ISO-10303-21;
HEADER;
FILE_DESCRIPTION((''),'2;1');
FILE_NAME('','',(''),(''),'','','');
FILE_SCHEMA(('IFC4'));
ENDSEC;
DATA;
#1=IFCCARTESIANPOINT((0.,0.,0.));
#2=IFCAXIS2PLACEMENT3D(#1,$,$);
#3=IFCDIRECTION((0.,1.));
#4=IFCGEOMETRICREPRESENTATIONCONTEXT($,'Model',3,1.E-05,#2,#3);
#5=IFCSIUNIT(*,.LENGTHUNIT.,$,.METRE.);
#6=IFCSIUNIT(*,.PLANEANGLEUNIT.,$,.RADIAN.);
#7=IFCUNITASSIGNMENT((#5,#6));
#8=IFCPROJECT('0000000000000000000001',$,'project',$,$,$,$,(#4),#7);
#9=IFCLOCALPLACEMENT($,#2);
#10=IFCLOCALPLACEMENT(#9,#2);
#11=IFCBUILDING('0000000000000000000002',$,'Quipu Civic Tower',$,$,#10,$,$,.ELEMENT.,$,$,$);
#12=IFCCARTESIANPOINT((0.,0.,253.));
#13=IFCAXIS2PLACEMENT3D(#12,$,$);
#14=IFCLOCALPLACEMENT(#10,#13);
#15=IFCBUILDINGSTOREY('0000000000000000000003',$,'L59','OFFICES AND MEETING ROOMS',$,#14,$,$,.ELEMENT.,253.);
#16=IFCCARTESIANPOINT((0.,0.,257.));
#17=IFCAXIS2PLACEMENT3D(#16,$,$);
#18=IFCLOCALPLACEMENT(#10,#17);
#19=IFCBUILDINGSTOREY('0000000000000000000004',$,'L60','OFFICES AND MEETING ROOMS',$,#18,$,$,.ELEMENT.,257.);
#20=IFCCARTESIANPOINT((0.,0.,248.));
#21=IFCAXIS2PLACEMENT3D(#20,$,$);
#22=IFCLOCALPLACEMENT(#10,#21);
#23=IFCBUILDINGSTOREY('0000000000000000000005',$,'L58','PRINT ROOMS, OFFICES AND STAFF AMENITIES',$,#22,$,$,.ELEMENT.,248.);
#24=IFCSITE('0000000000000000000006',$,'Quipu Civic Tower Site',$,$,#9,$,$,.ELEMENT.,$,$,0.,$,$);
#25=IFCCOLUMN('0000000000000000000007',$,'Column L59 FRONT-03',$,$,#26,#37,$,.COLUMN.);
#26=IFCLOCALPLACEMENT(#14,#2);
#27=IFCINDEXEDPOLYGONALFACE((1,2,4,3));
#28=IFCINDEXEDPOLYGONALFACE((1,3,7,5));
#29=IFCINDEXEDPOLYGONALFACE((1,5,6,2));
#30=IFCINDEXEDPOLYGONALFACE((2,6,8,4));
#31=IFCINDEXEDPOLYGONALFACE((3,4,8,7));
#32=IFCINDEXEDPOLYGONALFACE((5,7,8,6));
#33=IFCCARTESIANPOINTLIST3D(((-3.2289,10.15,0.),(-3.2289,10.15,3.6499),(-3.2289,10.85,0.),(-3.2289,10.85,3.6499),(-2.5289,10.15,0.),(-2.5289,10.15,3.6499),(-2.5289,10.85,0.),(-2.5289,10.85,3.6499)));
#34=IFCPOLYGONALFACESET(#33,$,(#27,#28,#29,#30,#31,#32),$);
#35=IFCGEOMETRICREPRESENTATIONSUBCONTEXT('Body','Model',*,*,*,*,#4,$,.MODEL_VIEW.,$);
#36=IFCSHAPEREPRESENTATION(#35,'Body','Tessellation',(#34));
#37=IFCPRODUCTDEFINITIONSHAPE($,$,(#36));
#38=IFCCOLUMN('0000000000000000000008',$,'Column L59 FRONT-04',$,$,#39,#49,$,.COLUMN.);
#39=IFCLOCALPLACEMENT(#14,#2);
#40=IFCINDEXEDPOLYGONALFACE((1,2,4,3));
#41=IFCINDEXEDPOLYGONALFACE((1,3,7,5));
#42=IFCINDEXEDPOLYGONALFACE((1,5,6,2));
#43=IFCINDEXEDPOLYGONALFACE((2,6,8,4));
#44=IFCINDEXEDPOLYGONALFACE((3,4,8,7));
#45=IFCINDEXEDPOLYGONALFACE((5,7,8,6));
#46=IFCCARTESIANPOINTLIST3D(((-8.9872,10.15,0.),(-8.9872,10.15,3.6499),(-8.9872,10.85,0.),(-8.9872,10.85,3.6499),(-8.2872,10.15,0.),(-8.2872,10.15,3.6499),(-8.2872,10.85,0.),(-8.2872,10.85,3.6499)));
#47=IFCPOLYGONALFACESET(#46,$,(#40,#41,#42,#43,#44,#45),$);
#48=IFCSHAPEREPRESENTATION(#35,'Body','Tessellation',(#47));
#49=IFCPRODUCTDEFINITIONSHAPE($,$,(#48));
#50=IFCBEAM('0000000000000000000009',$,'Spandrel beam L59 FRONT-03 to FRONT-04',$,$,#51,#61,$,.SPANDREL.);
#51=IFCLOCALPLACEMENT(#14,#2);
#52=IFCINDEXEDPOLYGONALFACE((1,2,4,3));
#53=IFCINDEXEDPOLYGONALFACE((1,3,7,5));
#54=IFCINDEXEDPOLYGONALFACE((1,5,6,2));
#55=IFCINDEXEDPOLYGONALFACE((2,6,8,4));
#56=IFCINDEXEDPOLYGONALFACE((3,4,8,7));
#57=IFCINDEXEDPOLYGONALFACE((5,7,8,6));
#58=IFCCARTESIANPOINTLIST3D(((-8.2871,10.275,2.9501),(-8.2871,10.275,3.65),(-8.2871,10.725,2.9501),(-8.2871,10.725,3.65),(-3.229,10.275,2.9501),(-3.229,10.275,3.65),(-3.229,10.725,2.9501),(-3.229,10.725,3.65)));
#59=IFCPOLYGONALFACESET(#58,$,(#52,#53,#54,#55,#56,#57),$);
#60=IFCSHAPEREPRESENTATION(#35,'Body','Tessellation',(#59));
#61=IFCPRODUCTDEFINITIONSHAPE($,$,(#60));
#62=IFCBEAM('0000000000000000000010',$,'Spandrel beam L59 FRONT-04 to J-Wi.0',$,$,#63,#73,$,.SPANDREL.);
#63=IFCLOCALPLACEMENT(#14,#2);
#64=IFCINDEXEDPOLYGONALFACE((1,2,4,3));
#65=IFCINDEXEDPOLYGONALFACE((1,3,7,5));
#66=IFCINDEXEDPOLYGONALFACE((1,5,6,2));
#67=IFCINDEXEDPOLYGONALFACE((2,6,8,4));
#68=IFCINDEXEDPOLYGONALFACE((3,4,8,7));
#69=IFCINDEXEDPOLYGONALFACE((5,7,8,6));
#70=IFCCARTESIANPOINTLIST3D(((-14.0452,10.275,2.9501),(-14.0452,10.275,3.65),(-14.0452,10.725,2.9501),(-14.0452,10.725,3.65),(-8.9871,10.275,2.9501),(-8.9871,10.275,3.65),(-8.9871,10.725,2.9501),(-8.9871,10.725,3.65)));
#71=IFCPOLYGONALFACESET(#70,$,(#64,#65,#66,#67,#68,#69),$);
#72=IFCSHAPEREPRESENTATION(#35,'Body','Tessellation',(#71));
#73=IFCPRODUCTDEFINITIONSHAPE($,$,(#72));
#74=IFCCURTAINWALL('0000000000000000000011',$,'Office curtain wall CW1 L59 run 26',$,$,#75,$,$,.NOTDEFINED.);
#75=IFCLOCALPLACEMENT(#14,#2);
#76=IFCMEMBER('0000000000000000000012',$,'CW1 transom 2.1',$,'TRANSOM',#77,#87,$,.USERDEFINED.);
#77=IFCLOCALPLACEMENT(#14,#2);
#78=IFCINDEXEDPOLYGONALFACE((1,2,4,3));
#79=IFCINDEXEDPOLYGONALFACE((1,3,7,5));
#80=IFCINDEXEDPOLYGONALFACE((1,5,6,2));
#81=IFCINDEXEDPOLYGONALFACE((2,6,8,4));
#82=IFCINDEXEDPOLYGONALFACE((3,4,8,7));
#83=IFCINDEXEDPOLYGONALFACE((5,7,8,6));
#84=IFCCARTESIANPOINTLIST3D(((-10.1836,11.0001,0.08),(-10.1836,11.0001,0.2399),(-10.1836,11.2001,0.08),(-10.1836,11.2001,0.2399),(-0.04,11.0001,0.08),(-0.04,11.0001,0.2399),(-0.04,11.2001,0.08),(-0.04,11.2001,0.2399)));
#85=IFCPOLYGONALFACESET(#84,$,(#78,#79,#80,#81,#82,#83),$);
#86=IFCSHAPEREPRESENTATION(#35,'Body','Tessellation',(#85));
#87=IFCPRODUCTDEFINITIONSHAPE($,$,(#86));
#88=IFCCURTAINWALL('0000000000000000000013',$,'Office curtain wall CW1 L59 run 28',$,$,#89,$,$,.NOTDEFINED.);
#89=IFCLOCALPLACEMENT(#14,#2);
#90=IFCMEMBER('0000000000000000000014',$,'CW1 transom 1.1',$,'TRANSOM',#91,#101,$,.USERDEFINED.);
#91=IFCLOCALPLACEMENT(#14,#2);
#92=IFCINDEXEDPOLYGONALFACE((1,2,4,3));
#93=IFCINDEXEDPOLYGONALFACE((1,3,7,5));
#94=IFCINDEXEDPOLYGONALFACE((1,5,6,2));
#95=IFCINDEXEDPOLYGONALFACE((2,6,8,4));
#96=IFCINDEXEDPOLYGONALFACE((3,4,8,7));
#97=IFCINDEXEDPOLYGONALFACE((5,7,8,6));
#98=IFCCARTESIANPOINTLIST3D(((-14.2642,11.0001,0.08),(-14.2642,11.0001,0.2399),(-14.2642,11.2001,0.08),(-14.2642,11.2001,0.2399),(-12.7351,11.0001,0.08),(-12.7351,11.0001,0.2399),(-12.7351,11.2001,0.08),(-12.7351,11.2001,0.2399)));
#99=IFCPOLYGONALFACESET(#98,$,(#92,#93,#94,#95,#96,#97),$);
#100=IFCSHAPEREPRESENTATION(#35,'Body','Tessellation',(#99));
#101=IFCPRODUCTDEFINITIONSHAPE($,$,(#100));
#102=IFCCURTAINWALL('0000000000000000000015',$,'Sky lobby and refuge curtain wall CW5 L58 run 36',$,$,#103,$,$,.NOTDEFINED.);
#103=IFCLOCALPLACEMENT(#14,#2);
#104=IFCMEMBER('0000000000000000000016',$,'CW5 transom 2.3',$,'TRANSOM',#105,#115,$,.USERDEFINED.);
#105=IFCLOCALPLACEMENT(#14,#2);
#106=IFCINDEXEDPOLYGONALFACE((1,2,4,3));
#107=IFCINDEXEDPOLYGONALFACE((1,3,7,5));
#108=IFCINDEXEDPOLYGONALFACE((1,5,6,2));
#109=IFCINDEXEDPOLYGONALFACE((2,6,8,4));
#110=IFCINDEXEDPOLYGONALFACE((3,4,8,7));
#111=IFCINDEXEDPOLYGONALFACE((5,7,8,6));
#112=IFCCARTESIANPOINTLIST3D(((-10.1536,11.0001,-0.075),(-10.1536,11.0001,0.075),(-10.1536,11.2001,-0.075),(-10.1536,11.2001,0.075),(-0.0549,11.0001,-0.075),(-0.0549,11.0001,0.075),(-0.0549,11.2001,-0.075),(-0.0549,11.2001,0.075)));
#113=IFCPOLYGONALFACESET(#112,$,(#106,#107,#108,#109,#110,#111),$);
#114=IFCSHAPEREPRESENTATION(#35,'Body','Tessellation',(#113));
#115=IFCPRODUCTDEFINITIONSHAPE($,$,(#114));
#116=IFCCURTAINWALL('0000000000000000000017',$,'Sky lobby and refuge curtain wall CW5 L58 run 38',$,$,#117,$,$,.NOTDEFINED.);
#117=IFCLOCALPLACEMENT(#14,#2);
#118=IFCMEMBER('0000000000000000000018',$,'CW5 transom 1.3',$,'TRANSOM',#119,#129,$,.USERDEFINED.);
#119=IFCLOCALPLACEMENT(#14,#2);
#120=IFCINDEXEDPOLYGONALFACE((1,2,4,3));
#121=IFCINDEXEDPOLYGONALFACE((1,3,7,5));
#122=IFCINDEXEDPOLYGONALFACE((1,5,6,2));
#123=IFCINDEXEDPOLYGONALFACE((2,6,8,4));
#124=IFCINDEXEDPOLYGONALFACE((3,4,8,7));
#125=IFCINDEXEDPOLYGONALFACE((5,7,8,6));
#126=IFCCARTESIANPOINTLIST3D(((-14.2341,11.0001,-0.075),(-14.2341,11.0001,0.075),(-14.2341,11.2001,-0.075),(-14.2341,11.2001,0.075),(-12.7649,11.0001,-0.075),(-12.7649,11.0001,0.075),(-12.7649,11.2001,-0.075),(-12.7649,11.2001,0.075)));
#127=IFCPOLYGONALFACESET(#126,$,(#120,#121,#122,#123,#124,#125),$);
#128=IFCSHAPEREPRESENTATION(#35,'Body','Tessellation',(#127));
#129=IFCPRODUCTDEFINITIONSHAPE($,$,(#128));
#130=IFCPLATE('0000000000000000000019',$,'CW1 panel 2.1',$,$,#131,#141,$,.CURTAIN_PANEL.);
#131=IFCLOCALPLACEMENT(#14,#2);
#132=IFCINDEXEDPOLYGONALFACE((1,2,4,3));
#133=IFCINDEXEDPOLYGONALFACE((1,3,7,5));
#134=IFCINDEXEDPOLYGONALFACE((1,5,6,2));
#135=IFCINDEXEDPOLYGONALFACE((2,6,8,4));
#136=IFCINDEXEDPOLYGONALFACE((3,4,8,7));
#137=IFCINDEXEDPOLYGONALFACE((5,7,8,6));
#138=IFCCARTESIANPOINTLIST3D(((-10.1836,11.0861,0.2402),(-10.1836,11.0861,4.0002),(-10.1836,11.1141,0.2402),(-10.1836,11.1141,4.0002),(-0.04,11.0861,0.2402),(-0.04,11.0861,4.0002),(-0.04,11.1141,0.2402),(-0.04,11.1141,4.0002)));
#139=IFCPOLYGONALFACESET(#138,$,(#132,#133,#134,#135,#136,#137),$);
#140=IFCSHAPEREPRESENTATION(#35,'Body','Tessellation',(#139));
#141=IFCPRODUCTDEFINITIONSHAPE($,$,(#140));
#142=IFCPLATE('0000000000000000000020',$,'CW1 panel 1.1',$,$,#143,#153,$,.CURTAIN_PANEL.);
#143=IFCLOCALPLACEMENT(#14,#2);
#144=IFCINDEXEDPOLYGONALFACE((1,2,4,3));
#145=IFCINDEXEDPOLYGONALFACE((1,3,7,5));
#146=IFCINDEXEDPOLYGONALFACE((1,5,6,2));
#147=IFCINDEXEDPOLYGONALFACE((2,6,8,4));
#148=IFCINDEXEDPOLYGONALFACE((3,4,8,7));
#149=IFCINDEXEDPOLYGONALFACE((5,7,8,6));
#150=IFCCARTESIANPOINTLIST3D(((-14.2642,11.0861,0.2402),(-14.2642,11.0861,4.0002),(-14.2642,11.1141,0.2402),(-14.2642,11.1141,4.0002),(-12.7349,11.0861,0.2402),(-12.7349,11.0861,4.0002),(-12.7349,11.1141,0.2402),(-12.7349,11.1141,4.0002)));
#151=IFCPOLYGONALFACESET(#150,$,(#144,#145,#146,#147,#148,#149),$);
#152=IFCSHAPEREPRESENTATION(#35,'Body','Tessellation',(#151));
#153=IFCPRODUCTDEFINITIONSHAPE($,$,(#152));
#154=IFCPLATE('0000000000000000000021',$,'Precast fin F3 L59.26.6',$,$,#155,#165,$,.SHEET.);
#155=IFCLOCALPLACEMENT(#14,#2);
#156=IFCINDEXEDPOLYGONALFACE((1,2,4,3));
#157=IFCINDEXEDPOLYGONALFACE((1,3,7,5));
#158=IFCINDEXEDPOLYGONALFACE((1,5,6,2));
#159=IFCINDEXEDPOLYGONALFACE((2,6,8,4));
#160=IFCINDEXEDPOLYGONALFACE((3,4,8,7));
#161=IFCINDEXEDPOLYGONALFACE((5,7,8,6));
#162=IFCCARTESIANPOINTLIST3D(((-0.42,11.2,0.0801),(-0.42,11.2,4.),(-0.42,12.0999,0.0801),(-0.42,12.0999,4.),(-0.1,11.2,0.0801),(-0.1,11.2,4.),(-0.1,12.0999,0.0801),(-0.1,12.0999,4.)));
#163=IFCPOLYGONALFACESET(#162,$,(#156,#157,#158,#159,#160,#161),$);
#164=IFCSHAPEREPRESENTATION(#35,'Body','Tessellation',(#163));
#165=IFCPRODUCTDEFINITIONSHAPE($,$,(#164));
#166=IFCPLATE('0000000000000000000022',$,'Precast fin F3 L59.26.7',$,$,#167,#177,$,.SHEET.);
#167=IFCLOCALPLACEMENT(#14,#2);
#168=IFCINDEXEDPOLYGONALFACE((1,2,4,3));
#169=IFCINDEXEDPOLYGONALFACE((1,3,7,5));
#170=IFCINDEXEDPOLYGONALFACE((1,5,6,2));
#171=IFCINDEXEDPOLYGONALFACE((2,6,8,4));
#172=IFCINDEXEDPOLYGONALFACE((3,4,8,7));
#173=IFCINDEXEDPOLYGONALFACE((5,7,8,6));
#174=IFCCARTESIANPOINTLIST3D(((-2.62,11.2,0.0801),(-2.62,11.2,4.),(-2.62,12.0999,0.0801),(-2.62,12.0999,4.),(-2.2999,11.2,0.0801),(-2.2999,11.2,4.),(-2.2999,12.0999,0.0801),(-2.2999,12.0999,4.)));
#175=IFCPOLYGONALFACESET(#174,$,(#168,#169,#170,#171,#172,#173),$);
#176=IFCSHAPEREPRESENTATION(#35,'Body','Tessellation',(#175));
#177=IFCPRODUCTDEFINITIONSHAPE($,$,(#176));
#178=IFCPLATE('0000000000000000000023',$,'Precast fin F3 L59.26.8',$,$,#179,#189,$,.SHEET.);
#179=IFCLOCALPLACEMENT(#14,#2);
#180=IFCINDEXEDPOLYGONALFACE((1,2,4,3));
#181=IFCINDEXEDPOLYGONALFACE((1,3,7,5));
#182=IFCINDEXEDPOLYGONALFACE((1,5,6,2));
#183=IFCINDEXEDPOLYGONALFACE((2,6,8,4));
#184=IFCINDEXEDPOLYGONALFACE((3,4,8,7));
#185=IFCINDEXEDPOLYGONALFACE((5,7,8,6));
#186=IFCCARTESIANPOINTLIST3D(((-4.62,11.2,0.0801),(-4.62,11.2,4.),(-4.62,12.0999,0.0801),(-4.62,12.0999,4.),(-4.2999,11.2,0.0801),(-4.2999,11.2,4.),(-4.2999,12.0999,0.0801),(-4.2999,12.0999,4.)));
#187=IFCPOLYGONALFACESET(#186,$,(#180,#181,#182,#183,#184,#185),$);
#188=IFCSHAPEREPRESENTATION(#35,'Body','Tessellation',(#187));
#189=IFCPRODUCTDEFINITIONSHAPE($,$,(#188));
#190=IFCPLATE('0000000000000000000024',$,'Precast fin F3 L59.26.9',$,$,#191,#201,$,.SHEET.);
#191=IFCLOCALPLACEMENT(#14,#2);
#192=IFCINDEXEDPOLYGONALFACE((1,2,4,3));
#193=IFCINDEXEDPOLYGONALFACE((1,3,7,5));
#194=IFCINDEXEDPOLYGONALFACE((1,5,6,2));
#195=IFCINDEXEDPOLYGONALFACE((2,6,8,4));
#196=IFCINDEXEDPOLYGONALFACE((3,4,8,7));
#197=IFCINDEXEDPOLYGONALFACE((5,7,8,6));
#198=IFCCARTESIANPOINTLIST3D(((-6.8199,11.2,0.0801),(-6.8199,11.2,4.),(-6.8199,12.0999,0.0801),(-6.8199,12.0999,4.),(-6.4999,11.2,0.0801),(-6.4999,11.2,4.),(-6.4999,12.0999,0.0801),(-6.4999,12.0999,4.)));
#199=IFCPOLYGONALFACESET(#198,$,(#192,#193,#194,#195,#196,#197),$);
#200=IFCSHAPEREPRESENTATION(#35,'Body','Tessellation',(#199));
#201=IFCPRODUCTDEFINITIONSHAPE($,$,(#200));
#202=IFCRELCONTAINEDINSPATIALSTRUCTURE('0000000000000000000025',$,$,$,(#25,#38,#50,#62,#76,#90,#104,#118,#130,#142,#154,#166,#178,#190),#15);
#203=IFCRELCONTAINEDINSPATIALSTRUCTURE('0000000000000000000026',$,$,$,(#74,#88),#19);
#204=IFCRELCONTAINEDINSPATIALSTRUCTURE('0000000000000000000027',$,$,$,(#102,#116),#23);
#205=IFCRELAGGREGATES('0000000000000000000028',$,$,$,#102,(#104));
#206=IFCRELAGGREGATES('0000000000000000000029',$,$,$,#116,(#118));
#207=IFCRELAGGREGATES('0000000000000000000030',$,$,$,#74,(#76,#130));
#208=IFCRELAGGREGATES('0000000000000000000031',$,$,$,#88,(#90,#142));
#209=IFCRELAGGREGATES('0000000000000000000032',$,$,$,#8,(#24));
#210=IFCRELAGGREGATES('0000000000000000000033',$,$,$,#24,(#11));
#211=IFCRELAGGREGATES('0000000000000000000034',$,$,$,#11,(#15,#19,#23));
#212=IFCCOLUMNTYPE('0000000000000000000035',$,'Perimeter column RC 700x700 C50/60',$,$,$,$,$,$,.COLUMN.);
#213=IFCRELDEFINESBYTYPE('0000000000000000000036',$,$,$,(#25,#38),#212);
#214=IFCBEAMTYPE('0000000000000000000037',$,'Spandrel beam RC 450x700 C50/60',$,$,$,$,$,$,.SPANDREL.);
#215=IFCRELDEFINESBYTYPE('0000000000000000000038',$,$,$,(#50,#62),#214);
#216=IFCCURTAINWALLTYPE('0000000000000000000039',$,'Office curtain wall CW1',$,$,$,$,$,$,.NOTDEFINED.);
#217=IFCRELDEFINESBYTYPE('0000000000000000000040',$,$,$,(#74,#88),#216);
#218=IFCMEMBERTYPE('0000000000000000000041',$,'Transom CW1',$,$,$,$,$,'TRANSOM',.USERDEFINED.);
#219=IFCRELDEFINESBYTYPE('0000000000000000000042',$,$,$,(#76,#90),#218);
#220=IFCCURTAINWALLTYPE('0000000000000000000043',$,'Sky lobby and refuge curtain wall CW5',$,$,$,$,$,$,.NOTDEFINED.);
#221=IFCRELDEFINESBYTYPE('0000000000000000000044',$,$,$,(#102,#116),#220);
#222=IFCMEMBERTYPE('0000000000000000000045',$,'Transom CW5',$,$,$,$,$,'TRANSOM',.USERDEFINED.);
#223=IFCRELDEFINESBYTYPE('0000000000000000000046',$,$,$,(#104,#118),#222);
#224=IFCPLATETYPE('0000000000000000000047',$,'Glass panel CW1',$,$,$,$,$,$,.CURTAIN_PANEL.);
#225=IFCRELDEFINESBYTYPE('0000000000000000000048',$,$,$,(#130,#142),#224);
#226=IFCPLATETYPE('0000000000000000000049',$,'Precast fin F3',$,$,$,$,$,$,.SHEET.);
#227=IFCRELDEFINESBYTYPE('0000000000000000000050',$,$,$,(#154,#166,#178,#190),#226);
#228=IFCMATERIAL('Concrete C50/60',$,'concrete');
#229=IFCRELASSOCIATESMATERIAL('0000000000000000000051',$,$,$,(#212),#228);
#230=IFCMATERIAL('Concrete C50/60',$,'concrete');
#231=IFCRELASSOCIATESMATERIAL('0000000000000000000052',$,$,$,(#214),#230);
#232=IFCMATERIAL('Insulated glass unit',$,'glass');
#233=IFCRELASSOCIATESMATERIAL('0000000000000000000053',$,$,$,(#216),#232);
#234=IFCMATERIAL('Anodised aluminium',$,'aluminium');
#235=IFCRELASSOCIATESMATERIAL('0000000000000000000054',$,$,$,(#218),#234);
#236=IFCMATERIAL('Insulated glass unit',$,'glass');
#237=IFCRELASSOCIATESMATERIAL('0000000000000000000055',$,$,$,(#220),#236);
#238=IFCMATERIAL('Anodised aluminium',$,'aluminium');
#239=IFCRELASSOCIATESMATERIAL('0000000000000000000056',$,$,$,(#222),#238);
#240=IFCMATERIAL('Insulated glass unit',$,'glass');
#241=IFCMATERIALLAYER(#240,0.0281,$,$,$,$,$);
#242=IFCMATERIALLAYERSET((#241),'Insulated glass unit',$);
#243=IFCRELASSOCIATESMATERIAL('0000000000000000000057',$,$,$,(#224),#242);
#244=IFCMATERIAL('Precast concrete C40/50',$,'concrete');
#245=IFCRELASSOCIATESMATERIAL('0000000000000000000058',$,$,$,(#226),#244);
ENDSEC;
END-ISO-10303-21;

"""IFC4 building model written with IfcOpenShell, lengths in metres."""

from ifc_helpers import new_model, si_unit, direction, frame, origin, origin_2d, place, context, subcontext, project, spatial, rectangle, extrude, material, layer, layer_set, material_profile, profile_set, type_object, element, aggregate, save


model = new_model("IFC4")

# Units and contexts
model_context = context("Model", 3, precision=1e-05, world=origin(), true_north=direction((0.0, 1.0)))
body_context = subcontext(model_context, "Body", "Model", "MODEL_VIEW")
ifc_project = project(units=[si_unit("LENGTHUNIT", "METRE"), si_unit("PLANEANGLEUNIT", "RADIAN")], contexts=[model_context])

# Site, building, storey
site_placement = place(None, origin())
site = spatial("IfcSite", under=ifc_project, at=site_placement, Name="Quipu Civic Tower Site", CompositionType="ELEMENT", RefElevation=0.0)
building_placement = place(site_placement, origin())
building = spatial("IfcBuilding", under=site, at=building_placement, Name="Quipu Civic Tower", CompositionType="ELEMENT")
storey_1_placement = place(building_placement, frame((0.0, 0.0, 253.0)))
storey_1 = spatial("IfcBuildingStorey", under=building, at=storey_1_placement, Name="L59", Description="OFFICES AND MEETING ROOMS", CompositionType="ELEMENT", Elevation=253.0)

# Columns
ifc_material_1 = material(Name="Concrete C50/60", Category="concrete")
ifc_material_profile_1 = material_profile(ifc_material_1, rectangle(XDim=0.7, YDim=0.7, at=origin_2d()), Name="RC700x700")
ifc_profile_set_1 = profile_set([ifc_material_profile_1], Name="Concrete C50/60")
column_type = type_object("IfcColumnType", Name="Perimeter column RC 700x700 C50/60", PredefinedType="COLUMN", material=ifc_profile_set_1)
for number, where, z_axis, x_axis, name in (
    (1, (-2.8789, 10.5, 0.0), (0.0, 0.0, 1.0), (-1.0, 0.0, 0.0), "Column L59 FRONT-03"),
    (2, (-8.6372, 10.5, 0.0), (0.0, 0.0, 1.0), (-1.0, 0.0, 0.0), "Column L59 FRONT-04"),
):
    element("IfcColumn", number, at=place(storey_1_placement, frame(where, z_axis=z_axis, x_axis=x_axis)), inside=storey_1, type_object=column_type, Name=name, PredefinedType="COLUMN", context=body_context, shape_type="SweptSolid", body=[
        extrude(rectangle(XDim=0.7, YDim=0.7, at=origin_2d()), origin(), (0.0, 0.0, 1.0), 3.6499),
    ])

# Beams
ifc_material_2 = material(Name="Concrete C50/60", Category="concrete")
ifc_material_profile_2 = material_profile(ifc_material_2, rectangle(XDim=0.45, YDim=0.7, at=origin_2d()), Name="RC450x700")
ifc_profile_set_2 = profile_set([ifc_material_profile_2], Name="Concrete C50/60")
beam_type = type_object("IfcBeamType", Name="Spandrel beam RC 450x700 C50/60", PredefinedType="SPANDREL", material=ifc_profile_set_2)
for number, where, z_axis, x_axis, name in (
    (3, (-3.229, 10.5, 3.3), (-1.0, 0.0, 0.0), (0.0, -1.0, 0.0), "Spandrel beam L59 FRONT-03 to FRONT-04"),
    (4, (-8.9871, 10.5, 3.3), (-1.0, 0.0, 0.0), (0.0, -1.0, 0.0), "Spandrel beam L59 FRONT-04 to J-Wi.0"),
):
    element("IfcBeam", number, at=place(storey_1_placement, frame(where, z_axis=z_axis, x_axis=x_axis)), inside=storey_1, type_object=beam_type, Name=name, PredefinedType="SPANDREL", context=body_context, shape_type="SweptSolid", body=[
        extrude(rectangle(XDim=0.45, YDim=0.7, at=origin_2d()), origin(), (0.0, 0.0, 1.0), 5.0581),
    ])

# Shared definitions
storey_2_placement = place(building_placement, frame((0.0, 0.0, 257.0)))
storey_2 = spatial("IfcBuildingStorey", under=building, at=storey_2_placement, Name="L60", Description="OFFICES AND MEETING ROOMS", CompositionType="ELEMENT", Elevation=257.0)

# Curtain walls, members
ifc_material_3 = material(Name="Insulated glass unit", Category="glass")
curtain_wall_type_1 = type_object("IfcCurtainWallType", Name="Office curtain wall CW1", PredefinedType="NOTDEFINED", material=ifc_material_3)
curtain_wall_1_placement = place(storey_2_placement, origin())
curtain_wall_1 = element("IfcCurtainWall", 5, at=curtain_wall_1_placement, inside=storey_2, type_object=curtain_wall_type_1, Name="Office curtain wall CW1 L59 run 26", PredefinedType="NOTDEFINED")
ifc_material_4 = material(Name="Anodised aluminium", Category="aluminium")
ifc_material_profile_3 = material_profile(ifc_material_4, rectangle(XDim=0.2, YDim=0.1599, at=origin_2d()), Name="RECT 200x160")
ifc_profile_set_3 = profile_set([ifc_material_profile_3], Name="Anodised aluminium")
member_type_1 = type_object("IfcMemberType", Name="Transom CW1", ElementType="TRANSOM", PredefinedType="USERDEFINED", material=ifc_profile_set_3)
member_1_placement = place(storey_1_placement, frame((-0.04, 11.1001, 0.1599), z_axis=(-1.0, 0.0, 0.0), x_axis=(0.0, -1.0, 0.0)))
member_1 = element("IfcMember", 6, at=member_1_placement, inside=storey_1, type_object=member_type_1, Name="CW1 transom 2.1", ObjectType="TRANSOM", PredefinedType="USERDEFINED", context=body_context, shape_type="SweptSolid", body=[
    extrude(rectangle(XDim=0.2, YDim=0.1599, at=origin_2d()), origin(), (0.0, 0.0, 1.0), 10.1436),
])
curtain_wall_2_placement = place(storey_2_placement, origin())
curtain_wall_2 = element("IfcCurtainWall", 7, at=curtain_wall_2_placement, inside=storey_2, type_object=curtain_wall_type_1, Name="Office curtain wall CW1 L59 run 28", PredefinedType="NOTDEFINED")
member_2_placement = place(storey_1_placement, frame((-12.7351, 11.1001, 0.1599), z_axis=(-1.0, 0.0, 0.0), x_axis=(0.0, -1.0, 0.0)))
member_2 = element("IfcMember", 8, at=member_2_placement, inside=storey_1, type_object=member_type_1, Name="CW1 transom 1.1", ObjectType="TRANSOM", PredefinedType="USERDEFINED", context=body_context, shape_type="SweptSolid", body=[
    extrude(rectangle(XDim=0.2, YDim=0.1599, at=origin_2d()), origin(), (0.0, 0.0, 1.0), 1.5291),
])

# Shared definitions
storey_3_placement = place(building_placement, frame((0.0, 0.0, 248.0)))
storey_3 = spatial("IfcBuildingStorey", under=building, at=storey_3_placement, Name="L58", Description="PRINT ROOMS, OFFICES AND STAFF AMENITIES", CompositionType="ELEMENT", Elevation=248.0)

# Curtain walls, members
ifc_material_5 = material(Name="Insulated glass unit", Category="glass")
curtain_wall_type_2 = type_object("IfcCurtainWallType", Name="Sky lobby and refuge curtain wall CW5", PredefinedType="NOTDEFINED", material=ifc_material_5)
curtain_wall_3_placement = place(storey_3_placement, origin())
curtain_wall_3 = element("IfcCurtainWall", 9, at=curtain_wall_3_placement, inside=storey_3, type_object=curtain_wall_type_2, Name="Sky lobby and refuge curtain wall CW5 L58 run 36", PredefinedType="NOTDEFINED")
ifc_material_6 = material(Name="Anodised aluminium", Category="aluminium")
ifc_material_profile_4 = material_profile(ifc_material_6, rectangle(XDim=0.2, YDim=0.1499, at=origin_2d()), Name="RECT 200x150")
ifc_profile_set_4 = profile_set([ifc_material_profile_4], Name="Anodised aluminium")
member_type_2 = type_object("IfcMemberType", Name="Transom CW5", ElementType="TRANSOM", PredefinedType="USERDEFINED", material=ifc_profile_set_4)
member_3_placement = place(storey_1_placement, frame((-0.0549, 11.1001, 0.0), z_axis=(-1.0, 0.0, 0.0), x_axis=(0.0, -1.0, 0.0)))
member_3 = element("IfcMember", 10, at=member_3_placement, inside=storey_1, type_object=member_type_2, Name="CW5 transom 2.3", ObjectType="TRANSOM", PredefinedType="USERDEFINED", context=body_context, shape_type="SweptSolid", body=[
    extrude(rectangle(XDim=0.2, YDim=0.1499, at=origin_2d()), origin(), (0.0, 0.0, 1.0), 10.0986),
])
aggregate(curtain_wall_3, [member_3])
curtain_wall_4_placement = place(storey_3_placement, origin())
curtain_wall_4 = element("IfcCurtainWall", 11, at=curtain_wall_4_placement, inside=storey_3, type_object=curtain_wall_type_2, Name="Sky lobby and refuge curtain wall CW5 L58 run 38", PredefinedType="NOTDEFINED")
member_4_placement = place(storey_1_placement, frame((-12.7649, 11.1001, 0.0), z_axis=(-1.0, 0.0, 0.0), x_axis=(0.0, -1.0, 0.0)))
member_4 = element("IfcMember", 12, at=member_4_placement, inside=storey_1, type_object=member_type_2, Name="CW5 transom 1.3", ObjectType="TRANSOM", PredefinedType="USERDEFINED", context=body_context, shape_type="SweptSolid", body=[
    extrude(rectangle(XDim=0.2, YDim=0.1499, at=origin_2d()), origin(), (0.0, 0.0, 1.0), 1.4692),
])
aggregate(curtain_wall_4, [member_4])

# Plates
ifc_material_7 = material(Name="Insulated glass unit", Category="glass")
ifc_layer_1 = layer(ifc_material_7, 0.0281)
ifc_layer_set_1 = layer_set([ifc_layer_1], Name="Insulated glass unit")
plate_type_1 = type_object("IfcPlateType", Name="Glass panel CW1", PredefinedType="CURTAIN_PANEL", material=ifc_layer_set_1)
plate_1_placement = place(storey_1_placement, frame((-5.1118, 11.1001, 0.2402), z_axis=(0.0, 0.0, 1.0), x_axis=(-1.0, 0.0, 0.0)))
plate_1 = element("IfcPlate", 13, at=plate_1_placement, inside=storey_1, type_object=plate_type_1, Name="CW1 panel 2.1", PredefinedType="CURTAIN_PANEL", context=body_context, shape_type="SweptSolid", body=[
    extrude(rectangle(XDim=10.1436, YDim=0.0281, at=origin_2d()), origin(), (0.0, 0.0, 1.0), 3.76),
])
aggregate(curtain_wall_1, [member_1, plate_1])
plate_2_placement = place(storey_1_placement, frame((-13.4995, 11.1001, 0.2402), z_axis=(0.0, 0.0, 1.0), x_axis=(-1.0, 0.0, 0.0)))
plate_2 = element("IfcPlate", 14, at=plate_2_placement, inside=storey_1, type_object=plate_type_1, Name="CW1 panel 1.1", PredefinedType="CURTAIN_PANEL", context=body_context, shape_type="SweptSolid", body=[
    extrude(rectangle(XDim=1.5293, YDim=0.0281, at=origin_2d()), origin(), (0.0, 0.0, 1.0), 3.76),
])
aggregate(curtain_wall_2, [member_2, plate_2])

# Plates
ifc_material_8 = material(Name="Precast concrete C40/50", Category="concrete")
plate_type_2 = type_object("IfcPlateType", Name="Precast fin F3", PredefinedType="SHEET", material=ifc_material_8)
for number, where, z_axis, x_axis, name in (
    (15, (-0.26, 11.6499, 0.0801), (0.0, 0.0, 1.0), (-1.0, 0.0, 0.0), "Precast fin F3 L59.26.6"),
    (16, (-2.46, 11.6499, 0.0801), (0.0, 0.0, 1.0), (-1.0, 0.0, 0.0), "Precast fin F3 L59.26.7"),
    (17, (-4.46, 11.6499, 0.0801), (0.0, 0.0, 1.0), (-1.0, 0.0, 0.0), "Precast fin F3 L59.26.8"),
    (18, (-6.6599, 11.6499, 0.0801), (0.0, 0.0, 1.0), (-1.0, 0.0, 0.0), "Precast fin F3 L59.26.9"),
):
    element("IfcPlate", number, at=place(storey_1_placement, frame(where, z_axis=z_axis, x_axis=x_axis)), inside=storey_1, type_object=plate_type_2, Name=name, PredefinedType="SHEET", context=body_context, shape_type="SweptSolid", body=[
        extrude(rectangle(XDim=0.3201, YDim=0.8999, at=origin_2d()), origin(), (0.0, 0.0, 1.0), 3.9199),
    ])

save(model, "model.ifc")
